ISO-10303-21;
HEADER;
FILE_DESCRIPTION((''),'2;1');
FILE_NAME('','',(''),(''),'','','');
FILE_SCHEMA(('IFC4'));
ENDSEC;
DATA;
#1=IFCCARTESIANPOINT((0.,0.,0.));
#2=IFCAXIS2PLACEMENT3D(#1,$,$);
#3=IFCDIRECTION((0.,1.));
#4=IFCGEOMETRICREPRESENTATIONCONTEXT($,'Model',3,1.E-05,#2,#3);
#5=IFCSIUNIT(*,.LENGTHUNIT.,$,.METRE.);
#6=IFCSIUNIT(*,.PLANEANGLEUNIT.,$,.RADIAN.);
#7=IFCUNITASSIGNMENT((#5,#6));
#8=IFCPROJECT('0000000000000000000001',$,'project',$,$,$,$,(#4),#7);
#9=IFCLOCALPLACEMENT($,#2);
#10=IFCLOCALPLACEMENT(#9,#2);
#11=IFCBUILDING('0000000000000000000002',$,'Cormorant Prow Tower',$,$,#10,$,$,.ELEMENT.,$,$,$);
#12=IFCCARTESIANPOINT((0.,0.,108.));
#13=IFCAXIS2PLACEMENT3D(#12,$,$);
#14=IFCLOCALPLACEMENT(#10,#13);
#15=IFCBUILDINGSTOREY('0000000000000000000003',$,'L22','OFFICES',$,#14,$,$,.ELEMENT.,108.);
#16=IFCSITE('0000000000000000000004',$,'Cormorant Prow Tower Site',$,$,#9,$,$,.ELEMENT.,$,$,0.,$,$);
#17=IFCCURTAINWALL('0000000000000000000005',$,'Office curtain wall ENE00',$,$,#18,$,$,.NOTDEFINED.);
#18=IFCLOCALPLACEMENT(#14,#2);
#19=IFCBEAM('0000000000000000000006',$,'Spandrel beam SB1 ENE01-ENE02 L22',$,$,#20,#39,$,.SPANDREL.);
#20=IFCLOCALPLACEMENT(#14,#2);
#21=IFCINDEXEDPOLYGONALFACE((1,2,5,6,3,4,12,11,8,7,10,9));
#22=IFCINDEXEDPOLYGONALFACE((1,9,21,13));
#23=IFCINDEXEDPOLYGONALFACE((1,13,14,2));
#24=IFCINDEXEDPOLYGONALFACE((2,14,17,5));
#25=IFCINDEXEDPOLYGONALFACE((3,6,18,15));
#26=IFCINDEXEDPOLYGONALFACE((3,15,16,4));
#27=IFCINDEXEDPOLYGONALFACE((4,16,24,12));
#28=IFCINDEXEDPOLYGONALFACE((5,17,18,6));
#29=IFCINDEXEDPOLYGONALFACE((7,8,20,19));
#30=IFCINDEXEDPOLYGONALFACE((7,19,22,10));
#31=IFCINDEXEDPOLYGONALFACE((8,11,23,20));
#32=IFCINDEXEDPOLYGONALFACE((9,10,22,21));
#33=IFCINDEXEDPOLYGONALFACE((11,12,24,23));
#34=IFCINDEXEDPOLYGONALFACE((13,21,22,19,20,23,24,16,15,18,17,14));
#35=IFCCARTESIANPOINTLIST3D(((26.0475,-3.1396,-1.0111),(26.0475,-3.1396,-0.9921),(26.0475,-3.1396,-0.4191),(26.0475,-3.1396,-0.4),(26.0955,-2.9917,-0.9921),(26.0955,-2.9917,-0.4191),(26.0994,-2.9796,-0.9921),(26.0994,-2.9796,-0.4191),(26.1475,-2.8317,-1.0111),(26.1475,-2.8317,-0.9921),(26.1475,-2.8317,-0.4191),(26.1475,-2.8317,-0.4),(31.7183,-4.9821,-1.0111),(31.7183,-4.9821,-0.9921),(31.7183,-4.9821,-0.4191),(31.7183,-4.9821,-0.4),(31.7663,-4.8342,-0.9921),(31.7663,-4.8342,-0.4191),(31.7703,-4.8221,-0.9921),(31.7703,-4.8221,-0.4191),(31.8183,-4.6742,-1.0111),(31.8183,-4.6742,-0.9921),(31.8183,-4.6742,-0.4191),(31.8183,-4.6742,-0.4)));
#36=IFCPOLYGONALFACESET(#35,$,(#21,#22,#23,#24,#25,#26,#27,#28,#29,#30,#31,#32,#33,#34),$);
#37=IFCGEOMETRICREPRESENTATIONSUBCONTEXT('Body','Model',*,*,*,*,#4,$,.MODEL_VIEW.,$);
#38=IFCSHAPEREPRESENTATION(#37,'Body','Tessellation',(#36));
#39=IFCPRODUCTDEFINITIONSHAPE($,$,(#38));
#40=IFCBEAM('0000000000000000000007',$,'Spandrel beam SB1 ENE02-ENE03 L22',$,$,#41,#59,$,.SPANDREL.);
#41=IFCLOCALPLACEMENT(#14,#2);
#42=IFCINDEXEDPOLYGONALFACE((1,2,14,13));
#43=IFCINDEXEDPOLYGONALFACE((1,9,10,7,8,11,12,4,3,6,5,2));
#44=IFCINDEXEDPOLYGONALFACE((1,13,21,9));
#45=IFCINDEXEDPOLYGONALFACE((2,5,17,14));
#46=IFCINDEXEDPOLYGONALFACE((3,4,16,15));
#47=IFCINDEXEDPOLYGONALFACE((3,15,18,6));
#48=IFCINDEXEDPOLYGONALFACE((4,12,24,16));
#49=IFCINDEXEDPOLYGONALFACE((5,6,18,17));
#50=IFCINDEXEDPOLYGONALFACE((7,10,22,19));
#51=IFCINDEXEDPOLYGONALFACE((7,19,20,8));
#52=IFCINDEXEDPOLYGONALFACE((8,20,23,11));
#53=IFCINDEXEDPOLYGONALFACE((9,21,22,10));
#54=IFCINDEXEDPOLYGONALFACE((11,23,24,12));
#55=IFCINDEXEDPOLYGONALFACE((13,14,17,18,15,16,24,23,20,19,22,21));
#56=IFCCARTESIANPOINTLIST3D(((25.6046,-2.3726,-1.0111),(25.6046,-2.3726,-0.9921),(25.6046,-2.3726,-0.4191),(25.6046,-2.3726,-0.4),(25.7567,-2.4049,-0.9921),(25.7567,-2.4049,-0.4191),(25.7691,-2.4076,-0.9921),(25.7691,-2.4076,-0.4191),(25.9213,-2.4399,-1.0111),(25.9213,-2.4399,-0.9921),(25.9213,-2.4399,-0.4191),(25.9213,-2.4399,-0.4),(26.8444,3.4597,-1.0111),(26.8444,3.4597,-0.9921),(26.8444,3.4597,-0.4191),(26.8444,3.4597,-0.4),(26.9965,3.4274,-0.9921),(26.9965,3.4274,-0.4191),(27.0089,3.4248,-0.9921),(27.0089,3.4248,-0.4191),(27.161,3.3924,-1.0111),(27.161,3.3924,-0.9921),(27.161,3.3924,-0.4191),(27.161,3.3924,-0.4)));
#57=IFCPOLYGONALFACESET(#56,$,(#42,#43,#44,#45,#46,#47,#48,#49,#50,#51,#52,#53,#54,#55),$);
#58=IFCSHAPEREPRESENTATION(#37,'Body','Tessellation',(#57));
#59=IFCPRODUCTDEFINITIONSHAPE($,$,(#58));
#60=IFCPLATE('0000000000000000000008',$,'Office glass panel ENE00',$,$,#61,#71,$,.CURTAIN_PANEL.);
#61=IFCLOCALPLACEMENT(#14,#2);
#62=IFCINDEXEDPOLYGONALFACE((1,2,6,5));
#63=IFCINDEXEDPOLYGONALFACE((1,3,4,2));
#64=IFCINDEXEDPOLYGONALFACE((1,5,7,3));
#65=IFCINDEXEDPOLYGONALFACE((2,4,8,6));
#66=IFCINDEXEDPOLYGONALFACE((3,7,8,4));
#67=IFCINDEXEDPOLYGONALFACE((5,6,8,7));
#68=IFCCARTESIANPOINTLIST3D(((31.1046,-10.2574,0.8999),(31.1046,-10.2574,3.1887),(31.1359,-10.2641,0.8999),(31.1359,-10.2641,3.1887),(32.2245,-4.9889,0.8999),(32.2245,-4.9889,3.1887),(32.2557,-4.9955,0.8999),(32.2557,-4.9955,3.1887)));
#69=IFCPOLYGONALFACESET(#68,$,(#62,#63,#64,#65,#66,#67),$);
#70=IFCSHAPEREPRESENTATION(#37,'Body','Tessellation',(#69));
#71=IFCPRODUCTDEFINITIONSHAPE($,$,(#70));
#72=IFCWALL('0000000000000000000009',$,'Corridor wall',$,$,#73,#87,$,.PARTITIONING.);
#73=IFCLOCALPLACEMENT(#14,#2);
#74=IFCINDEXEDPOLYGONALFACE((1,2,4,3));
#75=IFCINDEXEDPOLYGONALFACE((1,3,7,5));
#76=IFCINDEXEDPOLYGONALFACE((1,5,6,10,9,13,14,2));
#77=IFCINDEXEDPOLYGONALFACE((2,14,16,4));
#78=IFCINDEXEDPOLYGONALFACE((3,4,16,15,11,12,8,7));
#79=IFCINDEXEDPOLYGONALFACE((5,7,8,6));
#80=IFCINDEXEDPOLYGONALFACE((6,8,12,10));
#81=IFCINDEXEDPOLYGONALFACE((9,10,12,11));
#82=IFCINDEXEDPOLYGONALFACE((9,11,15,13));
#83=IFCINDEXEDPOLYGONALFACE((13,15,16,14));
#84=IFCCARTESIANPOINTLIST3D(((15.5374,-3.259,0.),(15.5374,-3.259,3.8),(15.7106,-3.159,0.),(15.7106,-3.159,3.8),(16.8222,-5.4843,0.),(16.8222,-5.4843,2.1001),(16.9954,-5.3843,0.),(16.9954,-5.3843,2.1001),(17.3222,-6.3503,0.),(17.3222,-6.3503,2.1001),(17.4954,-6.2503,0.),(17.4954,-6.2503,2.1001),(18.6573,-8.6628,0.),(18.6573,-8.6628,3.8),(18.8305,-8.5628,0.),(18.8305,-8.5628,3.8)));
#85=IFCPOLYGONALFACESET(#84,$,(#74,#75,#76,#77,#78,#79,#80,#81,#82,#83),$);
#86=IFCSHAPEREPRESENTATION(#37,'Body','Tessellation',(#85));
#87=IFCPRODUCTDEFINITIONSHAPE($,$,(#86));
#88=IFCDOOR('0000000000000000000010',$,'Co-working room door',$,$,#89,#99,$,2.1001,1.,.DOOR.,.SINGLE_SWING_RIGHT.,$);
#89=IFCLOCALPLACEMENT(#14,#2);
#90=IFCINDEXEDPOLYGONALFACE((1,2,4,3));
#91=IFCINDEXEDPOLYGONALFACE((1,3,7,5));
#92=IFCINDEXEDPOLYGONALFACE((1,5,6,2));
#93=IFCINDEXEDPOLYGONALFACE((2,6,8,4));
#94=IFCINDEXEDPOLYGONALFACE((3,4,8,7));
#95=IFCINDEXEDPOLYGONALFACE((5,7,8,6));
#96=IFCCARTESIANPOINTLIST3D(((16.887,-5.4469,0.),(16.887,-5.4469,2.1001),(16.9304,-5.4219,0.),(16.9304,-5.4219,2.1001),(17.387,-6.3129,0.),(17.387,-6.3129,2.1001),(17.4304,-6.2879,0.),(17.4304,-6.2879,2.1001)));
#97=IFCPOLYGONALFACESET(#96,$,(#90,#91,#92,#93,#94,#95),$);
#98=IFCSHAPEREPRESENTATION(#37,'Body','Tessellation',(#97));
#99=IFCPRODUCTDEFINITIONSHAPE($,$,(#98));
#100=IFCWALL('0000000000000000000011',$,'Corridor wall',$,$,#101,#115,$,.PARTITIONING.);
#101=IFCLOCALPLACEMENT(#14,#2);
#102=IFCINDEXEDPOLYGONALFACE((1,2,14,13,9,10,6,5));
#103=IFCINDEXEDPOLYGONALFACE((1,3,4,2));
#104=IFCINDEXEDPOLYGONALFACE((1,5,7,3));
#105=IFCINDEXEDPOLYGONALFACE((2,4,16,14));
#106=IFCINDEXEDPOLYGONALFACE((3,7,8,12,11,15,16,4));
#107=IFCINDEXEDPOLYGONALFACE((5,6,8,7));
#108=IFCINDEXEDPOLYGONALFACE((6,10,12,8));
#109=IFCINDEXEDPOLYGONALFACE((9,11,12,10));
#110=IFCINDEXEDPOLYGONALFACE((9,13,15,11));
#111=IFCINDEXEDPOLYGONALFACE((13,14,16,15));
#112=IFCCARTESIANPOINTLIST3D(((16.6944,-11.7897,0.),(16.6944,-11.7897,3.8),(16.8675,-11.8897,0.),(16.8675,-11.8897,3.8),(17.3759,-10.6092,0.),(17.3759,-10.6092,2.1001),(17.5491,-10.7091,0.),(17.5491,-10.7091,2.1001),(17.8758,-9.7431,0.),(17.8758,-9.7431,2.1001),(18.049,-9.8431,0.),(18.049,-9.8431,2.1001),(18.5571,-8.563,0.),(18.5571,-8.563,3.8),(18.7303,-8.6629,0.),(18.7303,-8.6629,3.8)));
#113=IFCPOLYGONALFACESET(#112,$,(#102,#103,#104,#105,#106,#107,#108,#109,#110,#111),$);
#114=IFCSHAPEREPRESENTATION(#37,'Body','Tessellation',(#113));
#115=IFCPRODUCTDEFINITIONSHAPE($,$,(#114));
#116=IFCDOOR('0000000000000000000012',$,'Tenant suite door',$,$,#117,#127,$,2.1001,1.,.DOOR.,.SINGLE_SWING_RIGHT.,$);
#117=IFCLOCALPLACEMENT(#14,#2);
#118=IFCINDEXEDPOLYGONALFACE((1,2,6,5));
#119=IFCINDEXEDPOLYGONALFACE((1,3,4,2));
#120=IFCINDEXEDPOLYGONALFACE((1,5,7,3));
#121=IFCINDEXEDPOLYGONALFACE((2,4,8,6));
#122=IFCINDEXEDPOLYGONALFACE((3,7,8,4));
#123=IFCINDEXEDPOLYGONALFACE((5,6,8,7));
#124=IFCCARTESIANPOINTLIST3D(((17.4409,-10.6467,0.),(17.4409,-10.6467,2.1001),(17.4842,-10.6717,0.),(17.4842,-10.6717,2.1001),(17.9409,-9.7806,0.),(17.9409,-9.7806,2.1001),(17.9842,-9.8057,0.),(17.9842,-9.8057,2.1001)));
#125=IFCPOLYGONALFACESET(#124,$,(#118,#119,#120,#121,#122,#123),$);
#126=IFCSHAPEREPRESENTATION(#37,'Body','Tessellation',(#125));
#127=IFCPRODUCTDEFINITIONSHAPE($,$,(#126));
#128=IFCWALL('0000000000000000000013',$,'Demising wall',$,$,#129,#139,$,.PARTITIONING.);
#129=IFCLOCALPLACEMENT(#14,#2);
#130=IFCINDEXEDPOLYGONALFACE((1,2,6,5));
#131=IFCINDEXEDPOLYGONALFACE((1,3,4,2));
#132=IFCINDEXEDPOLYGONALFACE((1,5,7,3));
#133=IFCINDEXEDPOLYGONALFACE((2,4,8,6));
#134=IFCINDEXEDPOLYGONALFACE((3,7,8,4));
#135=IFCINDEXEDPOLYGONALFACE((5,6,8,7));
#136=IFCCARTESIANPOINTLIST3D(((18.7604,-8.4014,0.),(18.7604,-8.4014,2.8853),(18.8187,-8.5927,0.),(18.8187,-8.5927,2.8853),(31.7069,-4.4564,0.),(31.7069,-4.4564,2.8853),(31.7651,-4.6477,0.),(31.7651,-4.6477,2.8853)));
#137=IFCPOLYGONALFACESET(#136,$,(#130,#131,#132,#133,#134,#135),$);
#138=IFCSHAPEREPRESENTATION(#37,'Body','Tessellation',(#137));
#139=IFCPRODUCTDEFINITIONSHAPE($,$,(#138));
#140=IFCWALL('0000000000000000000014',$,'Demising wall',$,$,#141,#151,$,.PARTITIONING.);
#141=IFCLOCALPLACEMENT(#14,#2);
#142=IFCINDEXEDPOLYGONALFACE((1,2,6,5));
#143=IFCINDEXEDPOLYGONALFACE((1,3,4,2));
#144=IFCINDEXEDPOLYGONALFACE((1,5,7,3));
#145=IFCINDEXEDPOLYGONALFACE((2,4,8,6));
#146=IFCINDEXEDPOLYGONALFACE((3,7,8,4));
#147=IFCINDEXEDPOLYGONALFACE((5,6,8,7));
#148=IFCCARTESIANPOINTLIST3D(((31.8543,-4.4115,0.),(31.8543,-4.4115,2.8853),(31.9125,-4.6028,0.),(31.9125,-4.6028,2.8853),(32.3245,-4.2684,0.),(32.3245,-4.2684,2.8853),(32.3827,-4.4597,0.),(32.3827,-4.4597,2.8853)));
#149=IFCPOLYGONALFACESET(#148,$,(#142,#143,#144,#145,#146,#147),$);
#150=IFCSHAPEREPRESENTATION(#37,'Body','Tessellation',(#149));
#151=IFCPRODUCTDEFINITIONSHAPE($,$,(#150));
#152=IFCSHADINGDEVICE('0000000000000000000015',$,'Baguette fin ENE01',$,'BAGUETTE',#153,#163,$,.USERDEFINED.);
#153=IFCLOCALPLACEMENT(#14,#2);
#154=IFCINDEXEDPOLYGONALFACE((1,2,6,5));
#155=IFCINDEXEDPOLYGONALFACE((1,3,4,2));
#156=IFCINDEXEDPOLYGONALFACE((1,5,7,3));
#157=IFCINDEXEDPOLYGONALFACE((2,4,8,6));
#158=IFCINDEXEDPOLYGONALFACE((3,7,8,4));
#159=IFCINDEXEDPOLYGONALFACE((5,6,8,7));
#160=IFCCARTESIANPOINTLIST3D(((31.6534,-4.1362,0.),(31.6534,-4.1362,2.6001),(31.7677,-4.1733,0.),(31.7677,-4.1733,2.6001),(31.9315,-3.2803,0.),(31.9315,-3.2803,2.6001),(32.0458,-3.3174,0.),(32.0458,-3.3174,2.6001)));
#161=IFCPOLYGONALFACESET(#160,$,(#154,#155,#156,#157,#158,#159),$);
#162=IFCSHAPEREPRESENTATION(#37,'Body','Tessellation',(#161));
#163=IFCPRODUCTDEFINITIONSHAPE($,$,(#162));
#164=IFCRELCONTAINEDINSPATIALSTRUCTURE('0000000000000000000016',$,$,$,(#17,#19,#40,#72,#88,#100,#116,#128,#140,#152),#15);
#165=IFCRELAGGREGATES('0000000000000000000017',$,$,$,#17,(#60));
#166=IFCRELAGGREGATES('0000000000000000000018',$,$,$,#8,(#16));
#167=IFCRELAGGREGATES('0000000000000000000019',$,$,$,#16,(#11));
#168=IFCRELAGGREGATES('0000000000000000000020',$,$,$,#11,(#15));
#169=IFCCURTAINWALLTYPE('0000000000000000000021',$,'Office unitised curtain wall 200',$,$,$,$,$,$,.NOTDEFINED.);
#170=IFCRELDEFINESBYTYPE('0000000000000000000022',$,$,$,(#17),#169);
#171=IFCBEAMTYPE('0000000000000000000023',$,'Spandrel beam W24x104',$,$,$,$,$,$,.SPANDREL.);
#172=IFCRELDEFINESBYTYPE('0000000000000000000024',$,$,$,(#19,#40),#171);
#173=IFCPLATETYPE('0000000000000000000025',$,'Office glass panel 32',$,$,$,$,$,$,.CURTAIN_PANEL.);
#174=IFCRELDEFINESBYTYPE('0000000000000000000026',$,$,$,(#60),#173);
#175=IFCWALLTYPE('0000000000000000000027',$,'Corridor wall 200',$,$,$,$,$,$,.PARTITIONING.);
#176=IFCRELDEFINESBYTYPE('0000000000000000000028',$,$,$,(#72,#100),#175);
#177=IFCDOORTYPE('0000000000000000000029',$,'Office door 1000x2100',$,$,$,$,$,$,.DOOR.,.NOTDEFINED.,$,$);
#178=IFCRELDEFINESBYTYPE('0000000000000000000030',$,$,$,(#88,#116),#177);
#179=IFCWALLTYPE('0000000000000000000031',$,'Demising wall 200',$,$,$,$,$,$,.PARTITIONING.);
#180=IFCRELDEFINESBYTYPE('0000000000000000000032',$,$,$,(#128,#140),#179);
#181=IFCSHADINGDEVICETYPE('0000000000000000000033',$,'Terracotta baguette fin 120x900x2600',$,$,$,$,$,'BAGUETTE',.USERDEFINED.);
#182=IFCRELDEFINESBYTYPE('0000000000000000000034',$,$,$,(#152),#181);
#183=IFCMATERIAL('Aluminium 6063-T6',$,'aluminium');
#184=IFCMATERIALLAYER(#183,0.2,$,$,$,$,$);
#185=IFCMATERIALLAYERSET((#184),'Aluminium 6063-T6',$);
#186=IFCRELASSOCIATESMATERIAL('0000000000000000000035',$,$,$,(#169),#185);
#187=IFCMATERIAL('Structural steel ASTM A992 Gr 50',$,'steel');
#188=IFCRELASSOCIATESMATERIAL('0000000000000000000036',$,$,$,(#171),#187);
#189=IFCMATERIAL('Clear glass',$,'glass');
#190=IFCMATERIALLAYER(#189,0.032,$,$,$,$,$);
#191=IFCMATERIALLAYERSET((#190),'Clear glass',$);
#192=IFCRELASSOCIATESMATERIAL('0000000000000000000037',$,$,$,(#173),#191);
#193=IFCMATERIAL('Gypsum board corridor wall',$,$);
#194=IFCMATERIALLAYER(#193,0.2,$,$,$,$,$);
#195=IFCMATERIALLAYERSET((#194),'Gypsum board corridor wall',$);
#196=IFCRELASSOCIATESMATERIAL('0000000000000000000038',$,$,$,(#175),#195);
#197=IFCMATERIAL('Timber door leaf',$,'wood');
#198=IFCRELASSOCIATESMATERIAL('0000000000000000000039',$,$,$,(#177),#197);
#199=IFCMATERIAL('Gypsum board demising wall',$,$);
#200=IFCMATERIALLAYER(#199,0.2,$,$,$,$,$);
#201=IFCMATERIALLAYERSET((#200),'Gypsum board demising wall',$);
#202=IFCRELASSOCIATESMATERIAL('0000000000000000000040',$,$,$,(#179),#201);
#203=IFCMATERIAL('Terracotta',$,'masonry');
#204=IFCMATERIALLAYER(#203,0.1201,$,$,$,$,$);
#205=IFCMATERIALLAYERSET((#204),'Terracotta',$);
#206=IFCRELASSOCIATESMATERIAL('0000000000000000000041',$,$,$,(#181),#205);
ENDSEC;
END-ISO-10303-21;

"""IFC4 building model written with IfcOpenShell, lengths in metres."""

from ifc_helpers import new_model, si_unit, direction, frame, frame_2d, origin, origin_2d, place, context, subcontext, project, spatial, rectangle, i_section, extrude, material, layer, layer_set, material_profile, profile_set, type_object, element, fill, aggregate, save


model = new_model("IFC4")

# Units and contexts
model_context = context("Model", 3, precision=1e-05, world=origin(), true_north=direction((0.0, 1.0)))
body_context = subcontext(model_context, "Body", "Model", "MODEL_VIEW")
ifc_project = project(units=[si_unit("LENGTHUNIT", "METRE"), si_unit("PLANEANGLEUNIT", "RADIAN")], contexts=[model_context])

# Site, building, storey
site_placement = place(None, origin())
site = spatial("IfcSite", under=ifc_project, at=site_placement, Name="Cormorant Prow Tower Site", CompositionType="ELEMENT", RefElevation=0.0)
building_placement = place(site_placement, origin())
building = spatial("IfcBuilding", under=site, at=building_placement, Name="Cormorant Prow Tower", CompositionType="ELEMENT")
storey_placement = place(building_placement, frame((0.0, 0.0, 108.0)))
storey = spatial("IfcBuildingStorey", under=building, at=storey_placement, Name="L22", Description="OFFICES", CompositionType="ELEMENT", Elevation=108.0)

# Curtain wall
ifc_material_1 = material(Name="Aluminium 6063-T6", Category="aluminium")
ifc_layer_1 = layer(ifc_material_1, 0.2)
ifc_layer_set_1 = layer_set([ifc_layer_1], Name="Aluminium 6063-T6")
curtain_wall_type = type_object("IfcCurtainWallType", Name="Office unitised curtain wall 200", PredefinedType="NOTDEFINED", material=ifc_layer_set_1)
curtain_wall_1_placement = place(storey_placement, origin())
curtain_wall_1 = element("IfcCurtainWall", 1, at=curtain_wall_1_placement, inside=storey, type_object=curtain_wall_type, Name="Office curtain wall ENE00", PredefinedType="NOTDEFINED")

# Beams
ifc_material_2 = material(Name="Structural steel ASTM A992 Gr 50", Category="steel")
ifc_material_profile_1 = material_profile(ifc_material_2, i_section(OverallWidth=0.3237, OverallDepth=0.6111, WebThickness=0.0127, FlangeThickness=0.019, at=origin_2d()), Name="W24x104")
ifc_profile_set_1 = profile_set([ifc_material_profile_1], Name="Structural steel ASTM A992 Gr 50")
beam_type_1 = type_object("IfcBeamType", Name="Spandrel beam W24x104", PredefinedType="SPANDREL", material=ifc_profile_set_1)
for number, where, z_axis, x_axis, name in (
    (2, (31.7683, -4.8281, -0.7056), (-0.951059, 0.309008, 0.0), (-0.309008, -0.951059, 0.0), "Spandrel beam SB1 ENE01-ENE02 L22"),
    (3, (25.7629, -2.4062, -0.7056), (0.207921, 0.978146, 0.0), (-0.978146, 0.207921, 0.0), "Spandrel beam SB1 ENE02-ENE03 L22"),
):
    element("IfcBeam", number, at=place(storey_placement, frame(where, z_axis=z_axis, x_axis=x_axis)), inside=storey, type_object=beam_type_1, Name=name, PredefinedType="SPANDREL", context=body_context, shape_type="SweptSolid", body=[
        extrude(i_section(OverallWidth=0.3237, OverallDepth=0.6111, WebThickness=0.0127, FlangeThickness=0.019, at=origin_2d()), origin(), (0.0, 0.0, 1.0), 5.9626),
    ])

# Plate
ifc_material_3 = material(Name="Clear glass", Category="glass")
ifc_layer_2 = layer(ifc_material_3, 0.032)
ifc_layer_set_2 = layer_set([ifc_layer_2], Name="Clear glass")
plate_type = type_object("IfcPlateType", Name="Office glass panel 32", PredefinedType="CURTAIN_PANEL", material=ifc_layer_set_2)
plate_placement = place(storey_placement, frame((31.6802, -7.6265, 0.8999), z_axis=(0.0, 0.0, 1.0), x_axis=(0.207912, 0.978148, 0.0)))
plate = element("IfcPlate", 4, at=plate_placement, type_object=plate_type, Name="Office glass panel ENE00", PredefinedType="CURTAIN_PANEL", context=body_context, shape_type="SweptSolid", body=[
    extrude(rectangle(XDim=5.3862, YDim=0.032, at=origin_2d()), origin(), (0.0, 0.0, 1.0), 2.2888),
])
aggregate(curtain_wall_1, [plate])

# Walls, openings, doors
ifc_material_4 = material(Name="Gypsum board corridor wall")
ifc_layer_3 = layer(ifc_material_4, 0.2)
ifc_layer_set_3 = layer_set([ifc_layer_3], Name="Gypsum board corridor wall")
wall_type_1 = type_object("IfcWallType", Name="Corridor wall 200", PredefinedType="PARTITIONING", material=ifc_layer_set_3)
wall_1_placement = place(storey_placement, frame((15.624, -3.209, 0.0), z_axis=(0.0, 0.0, 1.0), x_axis=(0.499998, -0.866027, 0.0)))
wall_1 = element("IfcWall", 5, at=wall_1_placement, inside=storey, type_object=wall_type_1, Name="Corridor wall", PredefinedType="PARTITIONING", context=body_context, shape_type="SweptSolid", body=[
    extrude(rectangle(XDim=6.2397, YDim=0.2, at=frame_2d((3.1199, 0.0))), origin(), (0.0, 0.0, 1.0), 3.8),
])
opening_1_placement = place(wall_1_placement, frame((2.5696, 0.0, 0.0)))
opening_1 = element("IfcOpeningElement", 6, at=opening_1_placement, cuts=wall_1, PredefinedType="OPENING", context=body_context, shape_type="SweptSolid", body=[
    extrude(rectangle(XDim=1.0, YDim=2.1001, at=frame_2d((0.5, 1.05))), frame((0.0, 0.1099, 0.0), z_axis=(0.0, -1.0, 0.0), x_axis=(1.0, 0.0, 0.0)), (0.0, 0.0, 1.0), 0.22),
])
ifc_material_5 = material(Name="Timber door leaf", Category="wood")
door_type_1 = type_object("IfcDoorType", Name="Office door 1000x2100", OperationType="NOTDEFINED", PredefinedType="DOOR", material=ifc_material_5)
door_1_placement = place(opening_1_placement, origin())
door_1 = element("IfcDoor", 7, at=door_1_placement, inside=storey, type_object=door_type_1, Name="Co-working room door", OperationType="SINGLE_SWING_RIGHT", OverallHeight=2.1001, OverallWidth=1.0, PredefinedType="DOOR", context=body_context, shape_type="SweptSolid", body=[
    extrude(rectangle(XDim=1.0, YDim=2.1001, at=frame_2d((0.5, 1.05))), frame((0.0, 0.0249, 0.0), z_axis=(0.0, -1.0, 0.0), x_axis=(1.0, 0.0, 0.0)), (0.0, 0.0, 1.0), 0.05),
])
fill(opening_1, door_1)
wall_2_placement = place(storey_placement, frame((16.781, -11.8396, 0.0), z_axis=(0.0, 0.0, 1.0), x_axis=(0.499959, 0.866049, 0.0)))
wall_2 = element("IfcWall", 8, at=wall_2_placement, inside=storey, type_object=wall_type_1, Name="Corridor wall", PredefinedType="PARTITIONING", context=body_context, shape_type="SweptSolid", body=[
    extrude(rectangle(XDim=3.7258, YDim=0.2, at=frame_2d((1.8628, 0.0))), origin(), (0.0, 0.0, 1.0), 3.8),
])
opening_2_placement = place(wall_2_placement, frame((1.363, 0.0, 0.0)))
opening_2 = element("IfcOpeningElement", 9, at=opening_2_placement, cuts=wall_2, PredefinedType="OPENING", context=body_context, shape_type="SweptSolid", body=[
    extrude(rectangle(XDim=1.0, YDim=2.1001, at=frame_2d((0.5, 1.05))), frame((0.0, 0.1099, 0.0), z_axis=(0.0, -1.0, 0.0), x_axis=(1.0, 0.0, 0.0)), (0.0, 0.0, 1.0), 0.22),
])
door_2_placement = place(opening_2_placement, origin())
door_2 = element("IfcDoor", 10, at=door_2_placement, inside=storey, type_object=door_type_1, Name="Tenant suite door", OperationType="SINGLE_SWING_RIGHT", OverallHeight=2.1001, OverallWidth=1.0, PredefinedType="DOOR", context=body_context, shape_type="SweptSolid", body=[
    extrude(rectangle(XDim=1.0, YDim=2.1001, at=frame_2d((0.5, 1.05))), frame((0.0, 0.0249, 0.0), z_axis=(0.0, -1.0, 0.0), x_axis=(1.0, 0.0, 0.0)), (0.0, 0.0, 1.0), 0.05),
])
fill(opening_2, door_2)

# Walls
ifc_material_6 = material(Name="Gypsum board demising wall")
ifc_layer_4 = layer(ifc_material_6, 0.2)
ifc_layer_set_4 = layer_set([ifc_layer_4], Name="Gypsum board demising wall")
wall_type_2 = type_object("IfcWallType", Name="Demising wall 200", PredefinedType="PARTITIONING", material=ifc_layer_set_4)
wall_3_placement = place(storey_placement, frame((18.7896, -8.4971, 0.0), z_axis=(0.0, 0.0, 1.0), x_axis=(0.956575, 0.291487, 0.0)))
element("IfcWall", 11, at=wall_3_placement, inside=storey, type_object=wall_type_2, Name="Demising wall", PredefinedType="PARTITIONING", context=body_context, shape_type="SweptSolid", body=[
    extrude(rectangle(XDim=13.5342, YDim=0.2, at=frame_2d((6.7671, 0.0))), origin(), (0.0, 0.0, 1.0), 2.8853),
])
wall_4_placement = place(storey_placement, frame((31.8835, -4.5071, 0.0), z_axis=(0.0, 0.0, 1.0), x_axis=(0.956698, 0.291083, 0.0)))
element("IfcWall", 12, at=wall_4_placement, inside=storey, type_object=wall_type_2, Name="Demising wall", PredefinedType="PARTITIONING", context=body_context, shape_type="SweptSolid", body=[
    extrude(rectangle(XDim=0.4915, YDim=0.2, at=frame_2d((0.2456, 0.0))), origin(), (0.0, 0.0, 1.0), 2.8853),
])

# Shading device
ifc_material_7 = material(Name="Terracotta", Category="masonry")
ifc_layer_5 = layer(ifc_material_7, 0.1201)
ifc_layer_set_5 = layer_set([ifc_layer_5], Name="Terracotta")
shading_device_type = type_object("IfcShadingDeviceType", Name="Terracotta baguette fin 120x900x2600", ElementType="BAGUETTE", PredefinedType="USERDEFINED", material=ifc_layer_set_5)
shading_device_placement = place(storey_placement, frame((31.8496, -3.7268, 0.0), z_axis=(0.0, 0.0, 1.0), x_axis=(-0.951057, 0.309017, 0.0)))
element("IfcShadingDevice", 13, at=shading_device_placement, inside=storey, type_object=shading_device_type, Name="Baguette fin ENE01", ObjectType="BAGUETTE", PredefinedType="USERDEFINED", context=body_context, shape_type="SweptSolid", body=[
    extrude(rectangle(XDim=0.1201, YDim=0.8999, at=origin_2d()), origin(), (0.0, 0.0, 1.0), 2.6001),
])

save(model, "model.ifc")
